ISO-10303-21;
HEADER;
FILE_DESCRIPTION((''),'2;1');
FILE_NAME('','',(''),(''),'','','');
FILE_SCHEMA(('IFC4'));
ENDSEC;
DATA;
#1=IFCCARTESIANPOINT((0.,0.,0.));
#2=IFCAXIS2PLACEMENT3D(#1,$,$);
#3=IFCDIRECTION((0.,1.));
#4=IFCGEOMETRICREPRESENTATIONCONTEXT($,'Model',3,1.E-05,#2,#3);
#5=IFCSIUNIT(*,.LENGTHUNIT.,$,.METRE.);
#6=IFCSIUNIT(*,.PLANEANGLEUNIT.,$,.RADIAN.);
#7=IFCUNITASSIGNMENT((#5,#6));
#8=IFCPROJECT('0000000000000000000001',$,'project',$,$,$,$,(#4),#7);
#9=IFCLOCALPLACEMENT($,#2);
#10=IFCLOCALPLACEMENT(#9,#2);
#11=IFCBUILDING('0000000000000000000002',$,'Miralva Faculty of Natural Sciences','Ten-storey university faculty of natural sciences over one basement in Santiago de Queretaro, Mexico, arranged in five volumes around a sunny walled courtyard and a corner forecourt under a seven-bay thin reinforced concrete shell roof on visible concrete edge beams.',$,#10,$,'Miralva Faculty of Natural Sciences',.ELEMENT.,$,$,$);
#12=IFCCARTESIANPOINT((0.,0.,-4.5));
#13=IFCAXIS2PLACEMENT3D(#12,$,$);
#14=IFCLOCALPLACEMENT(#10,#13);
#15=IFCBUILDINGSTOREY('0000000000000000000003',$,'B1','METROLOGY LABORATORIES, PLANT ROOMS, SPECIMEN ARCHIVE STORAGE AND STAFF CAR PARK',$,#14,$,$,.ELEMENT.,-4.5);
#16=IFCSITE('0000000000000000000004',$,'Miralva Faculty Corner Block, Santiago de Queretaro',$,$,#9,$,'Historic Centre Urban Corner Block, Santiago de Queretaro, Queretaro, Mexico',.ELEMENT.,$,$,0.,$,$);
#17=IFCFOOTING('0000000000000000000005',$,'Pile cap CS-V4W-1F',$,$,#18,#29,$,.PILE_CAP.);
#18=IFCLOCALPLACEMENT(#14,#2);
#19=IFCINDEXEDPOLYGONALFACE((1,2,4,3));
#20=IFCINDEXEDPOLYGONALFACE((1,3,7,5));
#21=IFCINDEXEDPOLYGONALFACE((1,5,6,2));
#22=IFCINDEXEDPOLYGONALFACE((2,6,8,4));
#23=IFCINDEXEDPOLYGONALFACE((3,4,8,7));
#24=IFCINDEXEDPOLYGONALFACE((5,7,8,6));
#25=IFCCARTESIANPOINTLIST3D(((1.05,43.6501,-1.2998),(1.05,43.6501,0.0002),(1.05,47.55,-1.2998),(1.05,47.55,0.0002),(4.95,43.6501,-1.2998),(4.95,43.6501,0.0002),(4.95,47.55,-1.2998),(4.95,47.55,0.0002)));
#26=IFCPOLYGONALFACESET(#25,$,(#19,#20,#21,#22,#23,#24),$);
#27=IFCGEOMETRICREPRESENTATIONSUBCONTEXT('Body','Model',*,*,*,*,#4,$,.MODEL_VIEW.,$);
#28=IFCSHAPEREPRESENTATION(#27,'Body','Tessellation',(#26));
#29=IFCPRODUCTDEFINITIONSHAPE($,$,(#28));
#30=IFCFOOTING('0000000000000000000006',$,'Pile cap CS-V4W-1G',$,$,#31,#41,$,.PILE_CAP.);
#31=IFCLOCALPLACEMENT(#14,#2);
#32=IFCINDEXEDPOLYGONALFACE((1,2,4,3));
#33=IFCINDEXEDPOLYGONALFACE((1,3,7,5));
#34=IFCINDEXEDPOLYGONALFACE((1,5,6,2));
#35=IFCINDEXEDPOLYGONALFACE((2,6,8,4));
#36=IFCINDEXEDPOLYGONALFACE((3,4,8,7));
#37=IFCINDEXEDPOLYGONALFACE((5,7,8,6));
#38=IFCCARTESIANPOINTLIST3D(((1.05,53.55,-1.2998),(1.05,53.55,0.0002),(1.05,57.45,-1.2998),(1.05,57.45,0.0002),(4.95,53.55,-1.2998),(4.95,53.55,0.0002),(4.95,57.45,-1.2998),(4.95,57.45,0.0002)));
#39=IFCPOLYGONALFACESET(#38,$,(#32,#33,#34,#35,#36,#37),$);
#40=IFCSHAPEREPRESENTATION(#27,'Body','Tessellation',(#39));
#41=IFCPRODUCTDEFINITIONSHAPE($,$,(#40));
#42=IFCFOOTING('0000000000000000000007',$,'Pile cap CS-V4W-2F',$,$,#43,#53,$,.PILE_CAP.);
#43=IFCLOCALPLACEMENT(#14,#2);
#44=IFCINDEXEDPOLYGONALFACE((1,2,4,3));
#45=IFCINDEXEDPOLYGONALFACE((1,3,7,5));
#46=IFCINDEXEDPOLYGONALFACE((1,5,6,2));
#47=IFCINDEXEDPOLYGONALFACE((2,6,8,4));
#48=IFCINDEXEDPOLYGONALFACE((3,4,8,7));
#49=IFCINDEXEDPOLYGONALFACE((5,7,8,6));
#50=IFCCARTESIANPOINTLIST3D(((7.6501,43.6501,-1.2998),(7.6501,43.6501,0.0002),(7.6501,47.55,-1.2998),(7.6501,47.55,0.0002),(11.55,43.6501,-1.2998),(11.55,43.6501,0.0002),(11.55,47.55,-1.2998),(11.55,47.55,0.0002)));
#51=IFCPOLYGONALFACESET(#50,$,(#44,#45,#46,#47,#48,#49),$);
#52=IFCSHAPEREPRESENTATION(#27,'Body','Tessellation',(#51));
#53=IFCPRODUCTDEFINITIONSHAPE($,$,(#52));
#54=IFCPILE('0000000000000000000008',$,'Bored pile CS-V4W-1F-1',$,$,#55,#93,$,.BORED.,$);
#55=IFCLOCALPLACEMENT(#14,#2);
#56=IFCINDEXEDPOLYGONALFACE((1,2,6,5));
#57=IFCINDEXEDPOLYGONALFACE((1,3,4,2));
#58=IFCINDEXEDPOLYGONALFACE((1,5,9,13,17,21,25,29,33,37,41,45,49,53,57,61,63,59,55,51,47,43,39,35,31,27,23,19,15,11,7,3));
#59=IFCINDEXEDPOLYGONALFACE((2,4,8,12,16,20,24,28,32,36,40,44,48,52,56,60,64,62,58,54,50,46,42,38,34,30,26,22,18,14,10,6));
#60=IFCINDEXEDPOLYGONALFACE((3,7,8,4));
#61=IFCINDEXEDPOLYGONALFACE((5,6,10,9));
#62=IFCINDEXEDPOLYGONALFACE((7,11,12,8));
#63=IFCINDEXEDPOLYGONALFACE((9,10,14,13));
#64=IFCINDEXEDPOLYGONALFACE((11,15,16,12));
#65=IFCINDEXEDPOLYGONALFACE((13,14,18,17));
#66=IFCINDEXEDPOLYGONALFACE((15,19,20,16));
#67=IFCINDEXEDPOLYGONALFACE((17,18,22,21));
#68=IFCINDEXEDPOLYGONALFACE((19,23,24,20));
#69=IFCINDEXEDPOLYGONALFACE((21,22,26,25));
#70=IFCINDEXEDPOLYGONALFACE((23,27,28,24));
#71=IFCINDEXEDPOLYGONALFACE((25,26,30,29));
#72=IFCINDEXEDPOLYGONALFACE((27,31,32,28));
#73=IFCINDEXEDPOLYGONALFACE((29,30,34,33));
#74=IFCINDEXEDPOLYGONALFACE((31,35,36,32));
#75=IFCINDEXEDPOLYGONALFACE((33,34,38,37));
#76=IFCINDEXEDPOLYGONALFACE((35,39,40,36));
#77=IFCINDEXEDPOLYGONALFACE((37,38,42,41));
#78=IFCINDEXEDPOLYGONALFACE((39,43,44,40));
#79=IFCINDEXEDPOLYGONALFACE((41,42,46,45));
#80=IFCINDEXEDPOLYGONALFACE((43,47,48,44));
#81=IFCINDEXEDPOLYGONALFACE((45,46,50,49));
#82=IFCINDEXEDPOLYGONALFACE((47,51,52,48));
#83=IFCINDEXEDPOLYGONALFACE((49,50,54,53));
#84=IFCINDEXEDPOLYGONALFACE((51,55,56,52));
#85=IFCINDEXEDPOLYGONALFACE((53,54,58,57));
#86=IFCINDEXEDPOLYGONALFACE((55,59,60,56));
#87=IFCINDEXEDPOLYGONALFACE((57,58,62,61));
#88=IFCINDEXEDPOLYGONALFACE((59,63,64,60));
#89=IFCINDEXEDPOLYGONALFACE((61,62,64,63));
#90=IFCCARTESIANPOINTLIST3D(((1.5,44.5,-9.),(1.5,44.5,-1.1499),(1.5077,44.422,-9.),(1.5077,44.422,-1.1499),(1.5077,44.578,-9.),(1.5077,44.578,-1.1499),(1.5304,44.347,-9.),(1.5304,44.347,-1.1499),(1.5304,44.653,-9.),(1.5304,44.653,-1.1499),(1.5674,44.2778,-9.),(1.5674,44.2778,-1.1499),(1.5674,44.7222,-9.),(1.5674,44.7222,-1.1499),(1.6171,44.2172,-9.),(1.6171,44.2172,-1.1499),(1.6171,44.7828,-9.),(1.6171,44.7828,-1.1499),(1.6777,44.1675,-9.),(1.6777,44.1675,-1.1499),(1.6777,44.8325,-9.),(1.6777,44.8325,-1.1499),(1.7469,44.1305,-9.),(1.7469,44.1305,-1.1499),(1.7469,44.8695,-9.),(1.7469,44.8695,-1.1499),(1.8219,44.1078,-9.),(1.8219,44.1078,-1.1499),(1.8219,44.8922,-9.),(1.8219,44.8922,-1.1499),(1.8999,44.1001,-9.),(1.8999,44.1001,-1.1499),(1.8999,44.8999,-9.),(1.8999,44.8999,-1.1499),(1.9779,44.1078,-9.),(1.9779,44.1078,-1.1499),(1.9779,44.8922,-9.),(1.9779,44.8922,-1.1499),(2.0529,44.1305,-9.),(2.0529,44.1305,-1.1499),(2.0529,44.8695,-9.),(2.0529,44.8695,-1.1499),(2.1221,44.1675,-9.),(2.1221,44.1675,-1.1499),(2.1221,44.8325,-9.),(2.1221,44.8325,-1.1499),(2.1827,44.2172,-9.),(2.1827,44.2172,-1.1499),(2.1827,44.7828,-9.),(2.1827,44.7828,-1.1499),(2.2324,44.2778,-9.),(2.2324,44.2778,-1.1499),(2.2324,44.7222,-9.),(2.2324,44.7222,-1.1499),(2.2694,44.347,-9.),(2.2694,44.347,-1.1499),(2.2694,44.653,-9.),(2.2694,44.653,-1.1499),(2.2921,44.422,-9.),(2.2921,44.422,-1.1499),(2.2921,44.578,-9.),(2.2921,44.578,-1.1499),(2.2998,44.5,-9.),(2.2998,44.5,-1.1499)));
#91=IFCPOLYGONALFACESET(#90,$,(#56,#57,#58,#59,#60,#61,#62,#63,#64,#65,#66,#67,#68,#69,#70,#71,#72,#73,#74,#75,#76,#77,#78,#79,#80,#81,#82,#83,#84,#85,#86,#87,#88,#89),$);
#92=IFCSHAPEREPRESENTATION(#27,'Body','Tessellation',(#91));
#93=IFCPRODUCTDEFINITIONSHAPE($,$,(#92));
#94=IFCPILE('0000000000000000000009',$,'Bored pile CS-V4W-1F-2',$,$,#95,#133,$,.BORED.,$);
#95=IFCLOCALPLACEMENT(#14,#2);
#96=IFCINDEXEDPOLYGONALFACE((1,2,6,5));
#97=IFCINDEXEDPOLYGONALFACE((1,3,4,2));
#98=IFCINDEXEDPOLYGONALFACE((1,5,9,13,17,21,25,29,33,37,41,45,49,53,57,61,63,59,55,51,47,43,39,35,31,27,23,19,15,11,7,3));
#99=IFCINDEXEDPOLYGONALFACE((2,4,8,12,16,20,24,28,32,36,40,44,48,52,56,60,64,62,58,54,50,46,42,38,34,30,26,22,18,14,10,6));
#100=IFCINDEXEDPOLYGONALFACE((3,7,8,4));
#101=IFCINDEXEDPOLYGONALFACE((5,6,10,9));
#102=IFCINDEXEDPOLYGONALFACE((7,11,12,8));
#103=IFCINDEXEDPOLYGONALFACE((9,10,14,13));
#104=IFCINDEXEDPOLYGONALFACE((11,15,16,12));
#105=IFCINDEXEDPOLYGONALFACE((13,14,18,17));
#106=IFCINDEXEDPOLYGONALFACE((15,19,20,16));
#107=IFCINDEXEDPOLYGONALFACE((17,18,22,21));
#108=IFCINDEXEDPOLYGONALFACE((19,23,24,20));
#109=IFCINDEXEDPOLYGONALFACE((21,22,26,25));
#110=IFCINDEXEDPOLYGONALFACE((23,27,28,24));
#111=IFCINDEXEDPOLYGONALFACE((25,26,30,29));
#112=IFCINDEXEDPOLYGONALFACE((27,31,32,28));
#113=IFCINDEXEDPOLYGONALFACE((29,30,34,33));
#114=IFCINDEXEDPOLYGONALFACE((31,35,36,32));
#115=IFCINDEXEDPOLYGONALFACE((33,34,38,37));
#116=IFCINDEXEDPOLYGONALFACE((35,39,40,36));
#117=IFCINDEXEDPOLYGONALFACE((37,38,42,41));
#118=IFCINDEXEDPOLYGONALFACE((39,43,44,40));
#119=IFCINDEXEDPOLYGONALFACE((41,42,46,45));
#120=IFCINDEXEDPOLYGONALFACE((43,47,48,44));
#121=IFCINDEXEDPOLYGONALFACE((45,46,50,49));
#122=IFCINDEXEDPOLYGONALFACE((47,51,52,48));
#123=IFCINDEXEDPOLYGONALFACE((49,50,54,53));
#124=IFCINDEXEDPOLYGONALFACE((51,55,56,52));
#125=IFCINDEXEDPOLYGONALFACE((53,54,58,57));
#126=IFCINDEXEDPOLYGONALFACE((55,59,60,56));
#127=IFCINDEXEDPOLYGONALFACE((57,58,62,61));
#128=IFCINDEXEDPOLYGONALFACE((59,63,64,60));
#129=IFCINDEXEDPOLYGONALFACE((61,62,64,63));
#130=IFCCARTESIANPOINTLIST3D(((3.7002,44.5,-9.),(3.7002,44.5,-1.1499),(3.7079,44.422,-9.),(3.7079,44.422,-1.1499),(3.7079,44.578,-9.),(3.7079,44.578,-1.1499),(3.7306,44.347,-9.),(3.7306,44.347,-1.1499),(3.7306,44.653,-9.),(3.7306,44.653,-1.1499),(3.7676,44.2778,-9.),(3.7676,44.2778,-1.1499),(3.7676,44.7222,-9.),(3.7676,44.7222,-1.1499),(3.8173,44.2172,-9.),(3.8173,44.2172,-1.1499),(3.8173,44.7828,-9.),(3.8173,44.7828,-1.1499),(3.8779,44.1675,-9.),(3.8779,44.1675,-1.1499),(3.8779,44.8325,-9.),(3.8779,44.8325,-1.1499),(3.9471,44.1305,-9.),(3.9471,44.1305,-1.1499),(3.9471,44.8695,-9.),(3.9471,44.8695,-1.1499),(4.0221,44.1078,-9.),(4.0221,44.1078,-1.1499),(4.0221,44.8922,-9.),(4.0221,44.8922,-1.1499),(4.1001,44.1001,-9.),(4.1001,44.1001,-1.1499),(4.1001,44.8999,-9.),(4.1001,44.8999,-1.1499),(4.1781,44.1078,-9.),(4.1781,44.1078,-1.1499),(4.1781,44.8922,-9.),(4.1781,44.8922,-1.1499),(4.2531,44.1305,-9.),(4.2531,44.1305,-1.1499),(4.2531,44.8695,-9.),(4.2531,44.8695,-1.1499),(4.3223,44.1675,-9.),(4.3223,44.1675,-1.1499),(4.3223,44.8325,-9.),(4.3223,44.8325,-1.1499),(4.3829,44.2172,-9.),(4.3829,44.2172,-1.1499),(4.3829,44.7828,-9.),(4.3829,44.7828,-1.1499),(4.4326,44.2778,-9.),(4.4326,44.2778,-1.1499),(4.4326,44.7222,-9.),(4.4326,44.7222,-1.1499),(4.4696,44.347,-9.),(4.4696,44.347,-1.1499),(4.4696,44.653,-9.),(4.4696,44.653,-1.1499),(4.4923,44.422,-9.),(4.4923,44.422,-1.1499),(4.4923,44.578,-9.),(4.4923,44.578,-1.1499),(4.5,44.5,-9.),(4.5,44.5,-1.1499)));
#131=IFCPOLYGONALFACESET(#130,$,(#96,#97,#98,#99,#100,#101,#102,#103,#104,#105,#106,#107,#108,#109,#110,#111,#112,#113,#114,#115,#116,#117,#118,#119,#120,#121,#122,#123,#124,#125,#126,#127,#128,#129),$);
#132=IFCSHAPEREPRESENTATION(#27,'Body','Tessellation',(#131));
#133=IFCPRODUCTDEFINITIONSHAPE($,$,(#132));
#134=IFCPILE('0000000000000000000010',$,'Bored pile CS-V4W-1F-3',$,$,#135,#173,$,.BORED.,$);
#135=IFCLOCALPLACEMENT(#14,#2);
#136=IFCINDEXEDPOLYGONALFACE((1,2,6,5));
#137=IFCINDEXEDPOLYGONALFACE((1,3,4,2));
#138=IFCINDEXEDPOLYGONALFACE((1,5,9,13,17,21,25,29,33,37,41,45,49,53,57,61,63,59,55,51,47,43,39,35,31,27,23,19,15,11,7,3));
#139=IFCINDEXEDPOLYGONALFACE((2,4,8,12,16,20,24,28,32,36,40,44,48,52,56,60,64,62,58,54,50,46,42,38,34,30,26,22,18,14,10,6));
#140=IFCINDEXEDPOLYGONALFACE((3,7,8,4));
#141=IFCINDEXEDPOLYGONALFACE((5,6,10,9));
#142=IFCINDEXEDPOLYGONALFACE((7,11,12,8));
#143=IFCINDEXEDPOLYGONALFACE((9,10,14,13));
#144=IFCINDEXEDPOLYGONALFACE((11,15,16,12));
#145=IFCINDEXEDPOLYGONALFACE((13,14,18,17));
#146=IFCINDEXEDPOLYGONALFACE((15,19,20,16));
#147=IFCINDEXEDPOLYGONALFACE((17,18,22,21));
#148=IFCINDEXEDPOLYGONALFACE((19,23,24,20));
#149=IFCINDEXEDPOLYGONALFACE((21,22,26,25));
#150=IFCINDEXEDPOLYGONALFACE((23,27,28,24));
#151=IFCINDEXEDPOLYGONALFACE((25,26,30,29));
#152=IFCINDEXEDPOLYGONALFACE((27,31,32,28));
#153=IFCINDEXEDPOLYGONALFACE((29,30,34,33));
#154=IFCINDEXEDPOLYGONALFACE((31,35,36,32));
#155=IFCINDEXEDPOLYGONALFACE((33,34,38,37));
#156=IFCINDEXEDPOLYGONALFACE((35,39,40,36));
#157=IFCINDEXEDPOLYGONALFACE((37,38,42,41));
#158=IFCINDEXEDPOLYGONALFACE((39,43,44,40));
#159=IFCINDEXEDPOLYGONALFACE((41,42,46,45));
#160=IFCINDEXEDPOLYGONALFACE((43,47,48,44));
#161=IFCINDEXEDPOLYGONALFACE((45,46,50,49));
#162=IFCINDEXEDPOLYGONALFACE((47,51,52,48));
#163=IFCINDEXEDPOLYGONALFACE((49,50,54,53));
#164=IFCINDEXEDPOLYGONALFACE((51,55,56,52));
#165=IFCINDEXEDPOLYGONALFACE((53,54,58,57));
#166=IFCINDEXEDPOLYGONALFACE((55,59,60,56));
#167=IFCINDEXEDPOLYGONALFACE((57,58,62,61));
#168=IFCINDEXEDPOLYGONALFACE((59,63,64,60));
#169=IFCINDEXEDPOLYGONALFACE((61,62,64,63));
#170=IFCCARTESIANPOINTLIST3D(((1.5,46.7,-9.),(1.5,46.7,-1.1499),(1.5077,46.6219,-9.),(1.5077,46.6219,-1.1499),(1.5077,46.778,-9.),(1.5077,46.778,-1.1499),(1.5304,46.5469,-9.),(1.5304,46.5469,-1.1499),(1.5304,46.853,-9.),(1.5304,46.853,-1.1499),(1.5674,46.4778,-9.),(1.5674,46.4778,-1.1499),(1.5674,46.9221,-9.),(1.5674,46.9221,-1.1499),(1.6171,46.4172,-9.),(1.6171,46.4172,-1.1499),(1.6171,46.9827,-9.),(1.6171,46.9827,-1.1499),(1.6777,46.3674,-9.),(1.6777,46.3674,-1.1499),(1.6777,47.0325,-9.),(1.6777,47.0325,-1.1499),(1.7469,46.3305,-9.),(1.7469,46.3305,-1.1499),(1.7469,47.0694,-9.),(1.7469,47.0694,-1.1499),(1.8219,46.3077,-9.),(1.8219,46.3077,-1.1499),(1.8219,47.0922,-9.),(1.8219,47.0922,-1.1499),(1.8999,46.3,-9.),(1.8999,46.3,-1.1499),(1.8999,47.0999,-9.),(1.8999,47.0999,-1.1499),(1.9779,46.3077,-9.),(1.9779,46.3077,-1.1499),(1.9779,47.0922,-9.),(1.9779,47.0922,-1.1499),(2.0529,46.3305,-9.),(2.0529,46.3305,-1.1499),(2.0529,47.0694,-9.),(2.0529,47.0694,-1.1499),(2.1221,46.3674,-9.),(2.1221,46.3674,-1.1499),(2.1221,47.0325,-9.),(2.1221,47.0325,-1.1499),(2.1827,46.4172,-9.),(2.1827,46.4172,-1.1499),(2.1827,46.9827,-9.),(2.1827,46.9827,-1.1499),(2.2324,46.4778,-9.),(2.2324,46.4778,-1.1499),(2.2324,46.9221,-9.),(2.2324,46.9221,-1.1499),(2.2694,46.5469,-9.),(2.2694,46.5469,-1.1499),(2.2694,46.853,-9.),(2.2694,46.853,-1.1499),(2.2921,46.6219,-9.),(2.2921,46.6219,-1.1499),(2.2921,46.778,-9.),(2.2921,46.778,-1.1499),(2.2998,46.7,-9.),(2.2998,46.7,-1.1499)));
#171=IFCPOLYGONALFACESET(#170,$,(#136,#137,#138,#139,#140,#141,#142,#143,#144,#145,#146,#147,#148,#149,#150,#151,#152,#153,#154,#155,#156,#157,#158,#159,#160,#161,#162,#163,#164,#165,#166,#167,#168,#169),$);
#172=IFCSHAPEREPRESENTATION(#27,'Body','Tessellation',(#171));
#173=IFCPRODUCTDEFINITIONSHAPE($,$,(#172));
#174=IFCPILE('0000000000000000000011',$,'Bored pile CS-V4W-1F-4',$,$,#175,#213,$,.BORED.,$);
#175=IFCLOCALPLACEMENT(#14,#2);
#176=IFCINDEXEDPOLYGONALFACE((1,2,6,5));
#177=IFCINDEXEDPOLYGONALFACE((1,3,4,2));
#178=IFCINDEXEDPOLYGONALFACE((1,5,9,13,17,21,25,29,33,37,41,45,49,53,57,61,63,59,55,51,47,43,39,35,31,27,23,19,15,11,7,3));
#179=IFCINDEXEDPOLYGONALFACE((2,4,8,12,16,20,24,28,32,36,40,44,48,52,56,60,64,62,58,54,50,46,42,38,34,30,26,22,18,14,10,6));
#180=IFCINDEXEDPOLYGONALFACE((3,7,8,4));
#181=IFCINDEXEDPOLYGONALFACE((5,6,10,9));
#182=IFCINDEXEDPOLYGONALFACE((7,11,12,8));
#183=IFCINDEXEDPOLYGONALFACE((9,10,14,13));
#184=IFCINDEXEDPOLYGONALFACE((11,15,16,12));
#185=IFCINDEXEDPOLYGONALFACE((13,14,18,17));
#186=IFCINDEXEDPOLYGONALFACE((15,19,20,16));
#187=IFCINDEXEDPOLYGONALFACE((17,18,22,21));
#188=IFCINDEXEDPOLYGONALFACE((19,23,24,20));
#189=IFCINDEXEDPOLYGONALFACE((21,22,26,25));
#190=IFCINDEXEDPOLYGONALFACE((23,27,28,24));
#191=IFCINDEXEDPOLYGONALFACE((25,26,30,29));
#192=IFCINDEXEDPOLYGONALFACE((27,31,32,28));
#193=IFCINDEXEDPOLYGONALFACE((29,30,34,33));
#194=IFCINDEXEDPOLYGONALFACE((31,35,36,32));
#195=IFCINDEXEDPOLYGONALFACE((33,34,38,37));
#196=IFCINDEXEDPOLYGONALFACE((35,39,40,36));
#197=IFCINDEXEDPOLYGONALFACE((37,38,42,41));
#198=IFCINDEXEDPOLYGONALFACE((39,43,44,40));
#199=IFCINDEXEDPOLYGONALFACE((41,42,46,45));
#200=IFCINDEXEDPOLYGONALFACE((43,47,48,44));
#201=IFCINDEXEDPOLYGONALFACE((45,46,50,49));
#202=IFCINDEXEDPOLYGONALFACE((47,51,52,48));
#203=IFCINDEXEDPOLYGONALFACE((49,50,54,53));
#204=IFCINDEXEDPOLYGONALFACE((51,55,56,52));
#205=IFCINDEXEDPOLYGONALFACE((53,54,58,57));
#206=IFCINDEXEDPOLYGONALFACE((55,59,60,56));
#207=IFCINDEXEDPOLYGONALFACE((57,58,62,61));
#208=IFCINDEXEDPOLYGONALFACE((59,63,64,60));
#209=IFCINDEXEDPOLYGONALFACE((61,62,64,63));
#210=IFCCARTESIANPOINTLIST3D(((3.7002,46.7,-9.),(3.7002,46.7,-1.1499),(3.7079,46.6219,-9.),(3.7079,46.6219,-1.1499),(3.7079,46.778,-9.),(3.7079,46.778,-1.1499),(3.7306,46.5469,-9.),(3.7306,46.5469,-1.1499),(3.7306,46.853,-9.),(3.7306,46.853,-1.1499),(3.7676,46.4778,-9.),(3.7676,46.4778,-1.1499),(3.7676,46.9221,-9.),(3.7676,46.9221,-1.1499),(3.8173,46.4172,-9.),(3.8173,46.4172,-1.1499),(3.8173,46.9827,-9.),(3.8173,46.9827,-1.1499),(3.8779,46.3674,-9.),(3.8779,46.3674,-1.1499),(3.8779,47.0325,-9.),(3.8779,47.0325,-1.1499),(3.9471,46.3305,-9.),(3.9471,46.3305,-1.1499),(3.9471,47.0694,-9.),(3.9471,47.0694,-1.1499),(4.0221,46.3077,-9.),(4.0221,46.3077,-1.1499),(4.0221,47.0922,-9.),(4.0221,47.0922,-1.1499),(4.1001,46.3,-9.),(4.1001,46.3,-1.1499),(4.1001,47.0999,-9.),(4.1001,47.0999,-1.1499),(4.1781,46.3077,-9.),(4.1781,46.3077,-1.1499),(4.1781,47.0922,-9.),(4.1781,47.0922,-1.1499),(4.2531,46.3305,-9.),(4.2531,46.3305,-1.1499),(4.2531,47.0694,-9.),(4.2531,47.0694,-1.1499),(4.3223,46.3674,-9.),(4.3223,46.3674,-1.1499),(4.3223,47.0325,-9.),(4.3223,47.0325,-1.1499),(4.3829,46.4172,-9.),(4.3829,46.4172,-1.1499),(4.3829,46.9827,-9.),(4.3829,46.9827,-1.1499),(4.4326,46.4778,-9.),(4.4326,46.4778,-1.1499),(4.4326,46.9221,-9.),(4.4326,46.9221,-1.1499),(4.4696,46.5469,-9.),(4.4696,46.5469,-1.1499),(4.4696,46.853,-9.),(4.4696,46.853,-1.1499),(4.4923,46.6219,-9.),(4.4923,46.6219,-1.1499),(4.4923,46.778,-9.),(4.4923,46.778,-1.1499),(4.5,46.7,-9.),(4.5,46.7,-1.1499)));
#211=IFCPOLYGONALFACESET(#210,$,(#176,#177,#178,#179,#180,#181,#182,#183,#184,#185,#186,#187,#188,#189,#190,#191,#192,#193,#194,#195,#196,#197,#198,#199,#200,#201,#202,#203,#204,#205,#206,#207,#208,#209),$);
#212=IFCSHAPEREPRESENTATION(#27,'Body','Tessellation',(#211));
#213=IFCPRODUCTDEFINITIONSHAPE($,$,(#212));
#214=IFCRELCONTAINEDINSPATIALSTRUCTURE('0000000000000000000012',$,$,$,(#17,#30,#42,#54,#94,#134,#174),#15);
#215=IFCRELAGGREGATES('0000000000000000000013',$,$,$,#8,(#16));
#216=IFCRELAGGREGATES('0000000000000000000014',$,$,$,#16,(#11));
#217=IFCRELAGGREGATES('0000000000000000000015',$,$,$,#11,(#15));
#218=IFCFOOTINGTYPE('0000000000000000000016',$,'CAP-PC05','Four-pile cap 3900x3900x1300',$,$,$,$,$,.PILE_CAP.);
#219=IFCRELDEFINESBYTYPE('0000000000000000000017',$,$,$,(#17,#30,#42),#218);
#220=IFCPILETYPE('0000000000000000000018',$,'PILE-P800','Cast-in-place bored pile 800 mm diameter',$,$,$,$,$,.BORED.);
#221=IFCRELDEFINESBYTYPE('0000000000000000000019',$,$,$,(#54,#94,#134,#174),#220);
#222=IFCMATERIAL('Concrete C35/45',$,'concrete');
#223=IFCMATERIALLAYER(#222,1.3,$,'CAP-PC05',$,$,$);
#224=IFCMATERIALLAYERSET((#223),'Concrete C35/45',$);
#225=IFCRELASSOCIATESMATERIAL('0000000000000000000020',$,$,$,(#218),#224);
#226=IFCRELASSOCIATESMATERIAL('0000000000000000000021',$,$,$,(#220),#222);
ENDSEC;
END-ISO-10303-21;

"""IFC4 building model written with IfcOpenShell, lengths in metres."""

from ifc_helpers import new_model, si_unit, direction, frame, origin, origin_2d, place, context, subcontext, project, spatial, rectangle, circle, extrude, material, layer, layer_set, material_profile, profile_set, type_object, element, save


model = new_model("IFC4")

# Units and contexts
model_context = context("Model", 3, precision=1e-05, world=origin(), true_north=direction((0.0, 1.0)))
body_context = subcontext(model_context, "Body", "Model", "MODEL_VIEW")
ifc_project = project(units=[si_unit("LENGTHUNIT", "METRE"), si_unit("PLANEANGLEUNIT", "RADIAN")], contexts=[model_context])

# Site, building, storey
site_placement = place(None, origin())
site = spatial("IfcSite", under=ifc_project, at=site_placement, Name="Miralva Faculty Corner Block, Santiago de Queretaro", LongName="Historic Centre Urban Corner Block, Santiago de Queretaro, Queretaro, Mexico", CompositionType="ELEMENT", RefElevation=0.0)
building_placement = place(site_placement, origin())
building = spatial("IfcBuilding", under=site, at=building_placement, Name="Miralva Faculty of Natural Sciences", Description="Ten-storey university faculty of natural sciences over one basement in Santiago de Queretaro, Mexico, arranged in five volumes around a sunny walled courtyard and a corner forecourt under a seven-bay thin reinforced concrete shell roof on visible concrete edge beams.", LongName="Miralva Faculty of Natural Sciences", CompositionType="ELEMENT")
storey_placement = place(building_placement, frame((0.0, 0.0, -4.5)))
storey = spatial("IfcBuildingStorey", under=building, at=storey_placement, Name="B1", Description="METROLOGY LABORATORIES, PLANT ROOMS, SPECIMEN ARCHIVE STORAGE AND STAFF CAR PARK", CompositionType="ELEMENT", Elevation=-4.5)

# Footings
ifc_material_1 = material(Name="Concrete C35/45", Category="concrete")
ifc_layer_1 = layer(ifc_material_1, 1.3, Name="CAP-PC05")
ifc_layer_set_1 = layer_set([ifc_layer_1], Name="Concrete C35/45")
footing_type_1 = type_object("IfcFootingType", Name="CAP-PC05", Description="Four-pile cap 3900x3900x1300", PredefinedType="PILE_CAP", material=ifc_layer_set_1)
for number, where, z_axis, x_axis, name in (
    (1, (3.0, 45.6001, -1.2998), (0.0, 0.0, 1.0), (1.0, 0.0, 0.0), "Pile cap CS-V4W-1F"),
    (2, (3.0, 55.5, -1.2998), (0.0, 0.0, 1.0), (1.0, 0.0, 0.0), "Pile cap CS-V4W-1G"),
    (3, (9.6001, 45.6001, -1.2998), (0.0, 0.0, 1.0), (1.0, 0.0, 0.0), "Pile cap CS-V4W-2F"),
):
    element("IfcFooting", number, at=place(storey_placement, frame(where, z_axis=z_axis, x_axis=x_axis)), inside=storey, type_object=footing_type_1, Name=name, PredefinedType="PILE_CAP", context=body_context, shape_type="SweptSolid", body=[
        extrude(rectangle(XDim=3.8999, YDim=3.8999, at=origin_2d()), origin(), (0.0, 0.0, 1.0), 1.3),
    ])

# Piles
ifc_material_profile_1 = material_profile(ifc_material_1, circle(Radius=0.3999, at=origin_2d()), Name="BORED PILE 800")
ifc_profile_set_1 = profile_set([ifc_material_profile_1], Name="Concrete C35/45")
pile_type = type_object("IfcPileType", Name="PILE-P800", Description="Cast-in-place bored pile 800 mm diameter", PredefinedType="BORED", material=ifc_profile_set_1)
for number, where, z_axis, x_axis, name in (
    (4, (1.8999, 44.5, -1.1499), (0.0, 0.0, -1.0), (1.0, 0.0, 0.0), "Bored pile CS-V4W-1F-1"),
    (5, (4.1001, 44.5, -1.1499), (0.0, 0.0, -1.0), (1.0, 0.0, 0.0), "Bored pile CS-V4W-1F-2"),
    (6, (1.8999, 46.7, -1.1499), (0.0, 0.0, -1.0), (1.0, 0.0, 0.0), "Bored pile CS-V4W-1F-3"),
    (7, (4.1001, 46.7, -1.1499), (0.0, 0.0, -1.0), (1.0, 0.0, 0.0), "Bored pile CS-V4W-1F-4"),
):
    element("IfcPile", number, at=place(storey_placement, frame(where, z_axis=z_axis, x_axis=x_axis)), inside=storey, type_object=pile_type, Name=name, PredefinedType="BORED", context=body_context, shape_type="SweptSolid", body=[
        extrude(circle(Radius=0.3999, at=origin_2d()), origin(), (0.0, 0.0, 1.0), 7.8501),
    ])

save(model, "model.ifc")
